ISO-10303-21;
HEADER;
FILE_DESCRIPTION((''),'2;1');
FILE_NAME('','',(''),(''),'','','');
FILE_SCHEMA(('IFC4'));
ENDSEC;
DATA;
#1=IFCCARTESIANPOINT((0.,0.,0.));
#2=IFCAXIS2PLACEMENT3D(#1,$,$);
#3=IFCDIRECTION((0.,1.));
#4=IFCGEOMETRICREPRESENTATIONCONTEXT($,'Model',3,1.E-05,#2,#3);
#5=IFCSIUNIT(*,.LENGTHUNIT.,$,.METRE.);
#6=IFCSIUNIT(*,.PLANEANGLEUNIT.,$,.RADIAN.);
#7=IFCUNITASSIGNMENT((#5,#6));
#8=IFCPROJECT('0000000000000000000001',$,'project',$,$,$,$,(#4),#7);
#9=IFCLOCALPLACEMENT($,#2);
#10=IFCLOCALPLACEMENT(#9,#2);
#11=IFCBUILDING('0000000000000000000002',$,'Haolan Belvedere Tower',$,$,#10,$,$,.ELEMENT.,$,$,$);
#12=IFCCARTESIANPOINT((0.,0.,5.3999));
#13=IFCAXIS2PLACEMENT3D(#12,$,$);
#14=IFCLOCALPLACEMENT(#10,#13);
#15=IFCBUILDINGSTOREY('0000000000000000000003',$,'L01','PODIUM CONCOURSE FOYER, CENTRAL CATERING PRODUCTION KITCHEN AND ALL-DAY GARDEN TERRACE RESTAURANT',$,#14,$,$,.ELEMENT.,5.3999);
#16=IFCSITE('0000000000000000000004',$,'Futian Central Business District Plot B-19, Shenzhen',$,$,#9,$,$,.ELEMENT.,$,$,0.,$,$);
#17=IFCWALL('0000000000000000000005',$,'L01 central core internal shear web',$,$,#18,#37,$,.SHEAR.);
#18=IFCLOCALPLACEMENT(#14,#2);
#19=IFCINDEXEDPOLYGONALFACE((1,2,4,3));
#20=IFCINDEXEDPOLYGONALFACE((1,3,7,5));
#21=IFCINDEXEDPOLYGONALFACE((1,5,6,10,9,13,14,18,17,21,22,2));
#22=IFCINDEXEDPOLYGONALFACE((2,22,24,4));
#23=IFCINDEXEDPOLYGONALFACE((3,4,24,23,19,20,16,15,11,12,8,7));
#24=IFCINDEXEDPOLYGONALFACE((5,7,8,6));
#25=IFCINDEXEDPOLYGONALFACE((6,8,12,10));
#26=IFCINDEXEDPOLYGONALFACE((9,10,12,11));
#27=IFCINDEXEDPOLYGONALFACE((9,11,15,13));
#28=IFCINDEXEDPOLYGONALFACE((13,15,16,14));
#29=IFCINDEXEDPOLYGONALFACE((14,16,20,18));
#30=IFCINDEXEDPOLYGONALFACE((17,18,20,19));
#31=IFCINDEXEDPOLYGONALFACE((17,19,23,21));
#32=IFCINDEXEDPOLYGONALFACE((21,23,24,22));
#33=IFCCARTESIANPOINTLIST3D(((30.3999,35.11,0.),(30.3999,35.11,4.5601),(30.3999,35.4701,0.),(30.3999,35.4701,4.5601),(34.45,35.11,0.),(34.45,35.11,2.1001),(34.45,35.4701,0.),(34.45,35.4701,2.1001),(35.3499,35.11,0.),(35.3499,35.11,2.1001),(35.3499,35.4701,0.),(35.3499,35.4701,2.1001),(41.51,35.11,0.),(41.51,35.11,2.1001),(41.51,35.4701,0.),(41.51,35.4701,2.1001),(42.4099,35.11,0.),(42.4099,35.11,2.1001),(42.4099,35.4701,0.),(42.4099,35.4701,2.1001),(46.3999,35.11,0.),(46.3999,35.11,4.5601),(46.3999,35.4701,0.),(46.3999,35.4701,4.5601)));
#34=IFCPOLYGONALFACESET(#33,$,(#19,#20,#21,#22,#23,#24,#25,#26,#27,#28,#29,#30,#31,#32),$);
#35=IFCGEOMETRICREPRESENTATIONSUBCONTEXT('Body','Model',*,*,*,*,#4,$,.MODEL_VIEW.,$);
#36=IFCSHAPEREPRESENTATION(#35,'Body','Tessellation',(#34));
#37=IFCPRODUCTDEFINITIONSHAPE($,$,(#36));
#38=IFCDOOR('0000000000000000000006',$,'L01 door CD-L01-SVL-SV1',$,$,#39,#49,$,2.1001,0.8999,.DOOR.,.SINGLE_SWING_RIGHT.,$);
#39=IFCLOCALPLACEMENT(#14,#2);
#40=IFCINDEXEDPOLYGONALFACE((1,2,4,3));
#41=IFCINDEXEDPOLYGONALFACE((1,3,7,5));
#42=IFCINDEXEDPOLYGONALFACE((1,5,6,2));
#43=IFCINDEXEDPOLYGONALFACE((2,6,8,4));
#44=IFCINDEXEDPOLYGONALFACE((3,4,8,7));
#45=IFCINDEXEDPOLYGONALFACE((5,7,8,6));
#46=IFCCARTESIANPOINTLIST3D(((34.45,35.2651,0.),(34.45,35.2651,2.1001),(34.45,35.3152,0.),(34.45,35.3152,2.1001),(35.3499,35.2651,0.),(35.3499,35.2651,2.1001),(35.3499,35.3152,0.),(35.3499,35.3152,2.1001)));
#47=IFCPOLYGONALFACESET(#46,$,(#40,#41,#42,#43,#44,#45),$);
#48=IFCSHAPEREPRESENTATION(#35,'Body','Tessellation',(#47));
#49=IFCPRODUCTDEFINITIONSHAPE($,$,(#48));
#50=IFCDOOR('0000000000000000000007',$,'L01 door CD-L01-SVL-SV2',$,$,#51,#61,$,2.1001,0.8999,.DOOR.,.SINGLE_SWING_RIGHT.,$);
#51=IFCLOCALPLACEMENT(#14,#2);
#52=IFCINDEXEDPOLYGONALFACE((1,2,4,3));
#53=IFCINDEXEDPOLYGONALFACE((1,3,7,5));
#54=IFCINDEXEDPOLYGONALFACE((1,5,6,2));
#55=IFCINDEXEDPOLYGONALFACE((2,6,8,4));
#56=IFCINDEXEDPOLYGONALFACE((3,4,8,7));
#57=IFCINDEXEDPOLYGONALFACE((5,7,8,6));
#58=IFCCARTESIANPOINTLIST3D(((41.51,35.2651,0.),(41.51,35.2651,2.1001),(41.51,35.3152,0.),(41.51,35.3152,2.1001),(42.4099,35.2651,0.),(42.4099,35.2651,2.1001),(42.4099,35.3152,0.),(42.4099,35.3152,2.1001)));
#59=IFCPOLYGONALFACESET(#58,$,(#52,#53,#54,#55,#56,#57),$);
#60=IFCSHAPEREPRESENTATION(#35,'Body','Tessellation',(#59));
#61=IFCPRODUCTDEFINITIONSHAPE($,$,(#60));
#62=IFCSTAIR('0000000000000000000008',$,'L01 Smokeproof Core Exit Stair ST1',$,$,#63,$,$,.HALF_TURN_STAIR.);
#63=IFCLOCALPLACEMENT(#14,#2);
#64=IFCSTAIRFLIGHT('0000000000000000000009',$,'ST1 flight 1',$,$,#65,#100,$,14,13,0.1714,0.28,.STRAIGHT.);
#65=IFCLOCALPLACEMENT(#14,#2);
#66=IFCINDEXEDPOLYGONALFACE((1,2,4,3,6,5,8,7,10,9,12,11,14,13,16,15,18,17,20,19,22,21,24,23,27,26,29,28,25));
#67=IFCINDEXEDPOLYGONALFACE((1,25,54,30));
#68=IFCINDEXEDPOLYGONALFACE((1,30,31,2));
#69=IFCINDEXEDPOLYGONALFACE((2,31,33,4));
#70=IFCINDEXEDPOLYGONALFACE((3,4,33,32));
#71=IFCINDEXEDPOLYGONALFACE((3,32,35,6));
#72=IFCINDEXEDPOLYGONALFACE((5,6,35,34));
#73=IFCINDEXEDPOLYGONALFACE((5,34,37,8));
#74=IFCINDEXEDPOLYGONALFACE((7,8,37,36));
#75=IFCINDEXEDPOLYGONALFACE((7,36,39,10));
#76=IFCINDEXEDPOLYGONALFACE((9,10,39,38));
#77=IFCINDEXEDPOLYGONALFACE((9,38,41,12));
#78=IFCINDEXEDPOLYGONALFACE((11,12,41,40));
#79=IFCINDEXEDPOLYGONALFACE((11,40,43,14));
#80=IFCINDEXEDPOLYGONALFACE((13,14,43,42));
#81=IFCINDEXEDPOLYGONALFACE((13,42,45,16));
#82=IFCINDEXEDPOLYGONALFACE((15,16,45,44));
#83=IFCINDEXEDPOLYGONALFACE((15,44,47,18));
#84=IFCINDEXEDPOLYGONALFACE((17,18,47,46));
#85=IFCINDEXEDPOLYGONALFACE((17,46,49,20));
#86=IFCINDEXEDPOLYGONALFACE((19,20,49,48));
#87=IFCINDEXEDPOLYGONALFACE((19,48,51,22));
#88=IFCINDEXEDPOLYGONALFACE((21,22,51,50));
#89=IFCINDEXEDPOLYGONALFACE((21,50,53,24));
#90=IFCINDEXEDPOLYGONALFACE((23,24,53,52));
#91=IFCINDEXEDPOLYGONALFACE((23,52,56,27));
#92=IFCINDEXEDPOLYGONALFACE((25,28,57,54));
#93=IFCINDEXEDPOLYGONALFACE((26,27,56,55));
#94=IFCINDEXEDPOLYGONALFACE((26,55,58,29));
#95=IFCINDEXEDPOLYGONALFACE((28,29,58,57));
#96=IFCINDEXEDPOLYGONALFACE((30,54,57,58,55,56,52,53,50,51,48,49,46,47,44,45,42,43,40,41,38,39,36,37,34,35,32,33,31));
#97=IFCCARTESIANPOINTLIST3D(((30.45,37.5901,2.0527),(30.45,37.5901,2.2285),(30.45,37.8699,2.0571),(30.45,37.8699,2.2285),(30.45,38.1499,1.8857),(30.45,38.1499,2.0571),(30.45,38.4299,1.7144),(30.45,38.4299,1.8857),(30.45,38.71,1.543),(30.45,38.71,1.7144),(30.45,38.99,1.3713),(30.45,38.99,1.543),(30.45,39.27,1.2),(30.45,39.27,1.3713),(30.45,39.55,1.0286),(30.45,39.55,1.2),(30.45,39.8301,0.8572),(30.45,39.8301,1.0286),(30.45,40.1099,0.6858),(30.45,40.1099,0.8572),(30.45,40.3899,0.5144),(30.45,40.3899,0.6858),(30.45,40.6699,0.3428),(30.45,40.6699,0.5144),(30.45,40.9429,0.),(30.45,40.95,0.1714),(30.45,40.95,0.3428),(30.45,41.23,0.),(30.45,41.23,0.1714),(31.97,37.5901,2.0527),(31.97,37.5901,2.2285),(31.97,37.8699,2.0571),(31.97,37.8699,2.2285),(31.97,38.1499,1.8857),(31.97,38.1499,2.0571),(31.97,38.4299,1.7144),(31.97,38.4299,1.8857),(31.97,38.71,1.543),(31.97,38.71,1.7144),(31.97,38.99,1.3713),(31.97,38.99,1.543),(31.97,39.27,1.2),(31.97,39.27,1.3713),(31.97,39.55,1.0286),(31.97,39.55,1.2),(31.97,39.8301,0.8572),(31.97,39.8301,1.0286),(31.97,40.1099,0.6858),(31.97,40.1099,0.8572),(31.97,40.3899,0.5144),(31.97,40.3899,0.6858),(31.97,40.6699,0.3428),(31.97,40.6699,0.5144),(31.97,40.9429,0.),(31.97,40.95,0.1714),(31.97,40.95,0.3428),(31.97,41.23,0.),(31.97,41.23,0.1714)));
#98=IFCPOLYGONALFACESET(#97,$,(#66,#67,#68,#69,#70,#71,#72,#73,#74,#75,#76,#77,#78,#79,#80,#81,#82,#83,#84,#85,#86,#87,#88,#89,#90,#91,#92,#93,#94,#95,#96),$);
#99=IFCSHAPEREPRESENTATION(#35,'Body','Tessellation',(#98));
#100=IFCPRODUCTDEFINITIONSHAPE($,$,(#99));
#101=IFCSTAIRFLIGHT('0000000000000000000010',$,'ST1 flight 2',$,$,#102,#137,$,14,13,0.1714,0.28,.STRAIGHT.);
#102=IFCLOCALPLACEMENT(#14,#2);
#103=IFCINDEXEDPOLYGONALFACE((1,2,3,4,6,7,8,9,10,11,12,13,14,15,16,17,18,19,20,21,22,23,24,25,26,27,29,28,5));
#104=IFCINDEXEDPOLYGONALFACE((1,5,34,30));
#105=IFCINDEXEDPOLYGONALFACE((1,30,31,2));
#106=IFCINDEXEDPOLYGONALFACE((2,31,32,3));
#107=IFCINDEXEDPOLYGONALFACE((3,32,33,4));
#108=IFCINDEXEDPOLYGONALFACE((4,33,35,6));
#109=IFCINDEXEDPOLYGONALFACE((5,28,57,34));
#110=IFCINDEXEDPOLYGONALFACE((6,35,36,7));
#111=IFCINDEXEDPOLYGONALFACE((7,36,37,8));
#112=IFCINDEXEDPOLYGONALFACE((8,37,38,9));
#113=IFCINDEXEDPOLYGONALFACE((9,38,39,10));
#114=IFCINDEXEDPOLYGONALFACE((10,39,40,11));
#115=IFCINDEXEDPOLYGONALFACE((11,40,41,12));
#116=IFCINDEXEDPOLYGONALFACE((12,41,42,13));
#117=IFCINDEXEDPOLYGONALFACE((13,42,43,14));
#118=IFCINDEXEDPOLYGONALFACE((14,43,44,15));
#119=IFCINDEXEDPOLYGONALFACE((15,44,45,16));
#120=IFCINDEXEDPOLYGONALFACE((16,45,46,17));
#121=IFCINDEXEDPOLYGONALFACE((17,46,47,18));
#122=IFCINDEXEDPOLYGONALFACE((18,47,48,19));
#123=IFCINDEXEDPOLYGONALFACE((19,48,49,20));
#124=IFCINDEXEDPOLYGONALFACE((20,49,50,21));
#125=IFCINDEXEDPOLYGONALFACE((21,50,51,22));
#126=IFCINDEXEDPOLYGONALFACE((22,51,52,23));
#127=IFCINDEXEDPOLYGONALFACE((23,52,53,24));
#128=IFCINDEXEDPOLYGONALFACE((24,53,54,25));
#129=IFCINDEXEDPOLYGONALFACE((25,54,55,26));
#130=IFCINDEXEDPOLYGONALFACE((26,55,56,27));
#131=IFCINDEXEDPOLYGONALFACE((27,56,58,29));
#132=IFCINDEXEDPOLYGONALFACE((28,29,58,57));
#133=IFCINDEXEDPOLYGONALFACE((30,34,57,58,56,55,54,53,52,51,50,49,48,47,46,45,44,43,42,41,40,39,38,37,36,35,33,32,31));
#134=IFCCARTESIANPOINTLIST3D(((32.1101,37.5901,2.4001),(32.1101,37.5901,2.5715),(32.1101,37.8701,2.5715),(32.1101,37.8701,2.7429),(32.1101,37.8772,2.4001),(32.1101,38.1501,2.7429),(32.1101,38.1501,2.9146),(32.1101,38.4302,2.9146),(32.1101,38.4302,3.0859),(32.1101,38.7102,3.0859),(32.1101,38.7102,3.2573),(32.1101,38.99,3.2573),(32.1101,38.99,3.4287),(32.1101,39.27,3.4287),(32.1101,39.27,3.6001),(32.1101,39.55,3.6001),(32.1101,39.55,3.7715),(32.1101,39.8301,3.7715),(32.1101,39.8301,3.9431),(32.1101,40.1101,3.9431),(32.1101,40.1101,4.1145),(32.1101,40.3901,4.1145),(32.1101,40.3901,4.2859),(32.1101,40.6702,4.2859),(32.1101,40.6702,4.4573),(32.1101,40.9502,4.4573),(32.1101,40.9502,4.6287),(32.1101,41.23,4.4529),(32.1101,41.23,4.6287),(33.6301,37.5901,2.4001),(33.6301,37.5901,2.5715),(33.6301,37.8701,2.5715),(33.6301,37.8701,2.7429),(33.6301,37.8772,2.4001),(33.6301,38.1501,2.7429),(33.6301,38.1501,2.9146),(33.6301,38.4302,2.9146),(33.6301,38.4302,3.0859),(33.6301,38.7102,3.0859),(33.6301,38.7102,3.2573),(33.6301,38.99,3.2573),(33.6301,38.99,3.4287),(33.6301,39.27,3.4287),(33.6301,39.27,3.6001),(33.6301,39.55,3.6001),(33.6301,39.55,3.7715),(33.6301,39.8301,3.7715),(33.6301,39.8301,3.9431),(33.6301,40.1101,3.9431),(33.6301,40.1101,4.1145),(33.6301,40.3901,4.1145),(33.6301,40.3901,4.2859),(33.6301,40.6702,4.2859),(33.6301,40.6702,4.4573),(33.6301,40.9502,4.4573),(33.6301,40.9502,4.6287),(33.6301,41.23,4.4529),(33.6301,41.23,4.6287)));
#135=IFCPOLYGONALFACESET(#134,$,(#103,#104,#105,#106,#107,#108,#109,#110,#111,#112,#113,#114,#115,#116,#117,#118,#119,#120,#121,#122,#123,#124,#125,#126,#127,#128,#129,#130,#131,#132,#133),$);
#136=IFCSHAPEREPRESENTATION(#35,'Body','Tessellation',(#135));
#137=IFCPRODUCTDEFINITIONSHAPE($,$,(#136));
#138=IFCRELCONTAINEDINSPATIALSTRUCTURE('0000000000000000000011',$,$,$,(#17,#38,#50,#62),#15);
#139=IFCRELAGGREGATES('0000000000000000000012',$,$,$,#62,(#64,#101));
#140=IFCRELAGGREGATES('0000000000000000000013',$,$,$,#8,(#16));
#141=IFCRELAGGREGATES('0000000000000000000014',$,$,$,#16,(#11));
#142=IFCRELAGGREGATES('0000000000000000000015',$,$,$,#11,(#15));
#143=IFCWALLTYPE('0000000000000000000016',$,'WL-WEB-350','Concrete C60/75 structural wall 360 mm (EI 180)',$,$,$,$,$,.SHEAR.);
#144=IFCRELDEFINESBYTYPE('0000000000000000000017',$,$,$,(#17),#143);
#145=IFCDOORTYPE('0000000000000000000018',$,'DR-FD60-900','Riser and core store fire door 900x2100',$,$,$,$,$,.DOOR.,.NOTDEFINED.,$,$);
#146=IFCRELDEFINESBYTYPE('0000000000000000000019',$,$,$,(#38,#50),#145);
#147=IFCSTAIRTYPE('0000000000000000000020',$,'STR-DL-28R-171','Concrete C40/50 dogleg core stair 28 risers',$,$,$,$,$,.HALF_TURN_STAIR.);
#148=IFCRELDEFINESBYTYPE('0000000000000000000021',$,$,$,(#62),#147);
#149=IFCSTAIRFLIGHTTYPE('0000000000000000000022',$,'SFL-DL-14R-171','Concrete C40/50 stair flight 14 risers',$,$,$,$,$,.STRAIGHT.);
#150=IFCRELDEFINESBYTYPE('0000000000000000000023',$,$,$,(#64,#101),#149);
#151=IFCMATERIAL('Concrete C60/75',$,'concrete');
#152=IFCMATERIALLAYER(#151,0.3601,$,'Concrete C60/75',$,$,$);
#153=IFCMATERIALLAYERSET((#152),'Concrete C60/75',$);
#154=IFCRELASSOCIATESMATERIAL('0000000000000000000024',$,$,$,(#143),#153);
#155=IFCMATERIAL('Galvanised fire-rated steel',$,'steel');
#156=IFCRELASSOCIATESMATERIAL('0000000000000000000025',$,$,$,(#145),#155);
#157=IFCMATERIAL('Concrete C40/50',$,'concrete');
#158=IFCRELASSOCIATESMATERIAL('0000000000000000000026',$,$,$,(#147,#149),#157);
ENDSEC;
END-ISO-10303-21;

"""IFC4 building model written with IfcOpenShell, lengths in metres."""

from ifc_helpers import new_model, si_unit, direction, frame, frame_2d, origin, place, context, subcontext, project, spatial, polyline, rectangle, outline, extrude, material, layer, layer_set, type_object, element, fill, aggregate, save


model = new_model("IFC4")

# Units and contexts
model_context = context("Model", 3, precision=1e-05, world=origin(), true_north=direction((0.0, 1.0)))
body_context = subcontext(model_context, "Body", "Model", "MODEL_VIEW")
ifc_project = project(units=[si_unit("LENGTHUNIT", "METRE"), si_unit("PLANEANGLEUNIT", "RADIAN")], contexts=[model_context])

# Site, building, storey
site_placement = place(None, origin())
site = spatial("IfcSite", under=ifc_project, at=site_placement, Name="Futian Central Business District Plot B-19, Shenzhen", CompositionType="ELEMENT", RefElevation=0.0)
building_placement = place(site_placement, origin())
building = spatial("IfcBuilding", under=site, at=building_placement, Name="Haolan Belvedere Tower", CompositionType="ELEMENT")
storey_placement = place(building_placement, frame((0.0, 0.0, 5.3999)))
storey = spatial("IfcBuildingStorey", under=building, at=storey_placement, Name="L01", Description="PODIUM CONCOURSE FOYER, CENTRAL CATERING PRODUCTION KITCHEN AND ALL-DAY GARDEN TERRACE RESTAURANT", CompositionType="ELEMENT", Elevation=5.3999)

# Wall, openings, doors
ifc_material_1 = material(Name="Concrete C60/75", Category="concrete")
ifc_layer_1 = layer(ifc_material_1, 0.3601, Name="Concrete C60/75")
ifc_layer_set_1 = layer_set([ifc_layer_1], Name="Concrete C60/75")
wall_type_1 = type_object("IfcWallType", Name="WL-WEB-350", Description="Concrete C60/75 structural wall 360 mm (EI 180)", PredefinedType="SHEAR", material=ifc_layer_set_1)
wall_1_placement = place(storey_placement, frame((30.3999, 35.29, 0.0), z_axis=(0.0, 0.0, 1.0), x_axis=(1.0, 0.0, 0.0)))
wall_1 = element("IfcWall", 1, at=wall_1_placement, inside=storey, type_object=wall_type_1, Name="L01 central core internal shear web", PredefinedType="SHEAR", context=body_context, shape_type="SweptSolid", body=[
    extrude(rectangle(XDim=16.0, YDim=0.3601, at=frame_2d((8.0, 0.0))), origin(), (0.0, 0.0, 1.0), 4.5601),
])
opening_1_placement = place(wall_1_placement, frame((4.95, 0.0, 0.0), z_axis=(0.0, 0.0, 1.0), x_axis=(-1.0, 0.0, 0.0)))
opening_1 = element("IfcOpeningElement", 2, at=opening_1_placement, cuts=wall_1, PredefinedType="OPENING", context=body_context, shape_type="SweptSolid", body=[
    extrude(rectangle(XDim=0.8999, YDim=2.1001, at=frame_2d((0.45, 1.05))), frame((0.0, 0.1899, 0.0), z_axis=(0.0, -1.0, 0.0), x_axis=(1.0, 0.0, 0.0)), (0.0, 0.0, 1.0), 0.3801),
])
opening_2_placement = place(wall_1_placement, frame((12.01, 0.0, 0.0), z_axis=(0.0, 0.0, 1.0), x_axis=(-1.0, 0.0, 0.0)))
opening_2 = element("IfcOpeningElement", 3, at=opening_2_placement, cuts=wall_1, PredefinedType="OPENING", context=body_context, shape_type="SweptSolid", body=[
    extrude(rectangle(XDim=0.8999, YDim=2.1001, at=frame_2d((0.45, 1.05))), frame((0.0, 0.1899, 0.0), z_axis=(0.0, -1.0, 0.0), x_axis=(1.0, 0.0, 0.0)), (0.0, 0.0, 1.0), 0.3801),
])
ifc_material_2 = material(Name="Galvanised fire-rated steel", Category="steel")
door_type_1 = type_object("IfcDoorType", Name="DR-FD60-900", Description="Riser and core store fire door 900x2100", OperationType="NOTDEFINED", PredefinedType="DOOR", material=ifc_material_2)
door_1_placement = place(opening_1_placement, origin())
door_1 = element("IfcDoor", 4, at=door_1_placement, inside=storey, type_object=door_type_1, Name="L01 door CD-L01-SVL-SV1", OperationType="SINGLE_SWING_RIGHT", OverallHeight=2.1001, OverallWidth=0.8999, PredefinedType="DOOR", context=body_context, shape_type="SweptSolid", body=[
    extrude(rectangle(XDim=0.8999, YDim=2.1001, at=frame_2d((0.45, 1.05))), frame((0.0, 0.0249, 0.0), z_axis=(0.0, -1.0, 0.0), x_axis=(1.0, 0.0, 0.0)), (0.0, 0.0, 1.0), 0.05),
])
fill(opening_1, door_1)
door_2_placement = place(opening_2_placement, origin())
door_2 = element("IfcDoor", 5, at=door_2_placement, inside=storey, type_object=door_type_1, Name="L01 door CD-L01-SVL-SV2", OperationType="SINGLE_SWING_RIGHT", OverallHeight=2.1001, OverallWidth=0.8999, PredefinedType="DOOR", context=body_context, shape_type="SweptSolid", body=[
    extrude(rectangle(XDim=0.8999, YDim=2.1001, at=frame_2d((0.45, 1.05))), frame((0.0, 0.0249, 0.0), z_axis=(0.0, -1.0, 0.0), x_axis=(1.0, 0.0, 0.0)), (0.0, 0.0, 1.0), 0.05),
])
fill(opening_2, door_2)

# Stair, stair flights
ifc_material_3 = material(Name="Concrete C40/50", Category="concrete")
stair_type = type_object("IfcStairType", Name="STR-DL-28R-171", Description="Concrete C40/50 dogleg core stair 28 risers", PredefinedType="HALF_TURN_STAIR", material=ifc_material_3)
stair_placement = place(storey_placement, origin())
stair = element("IfcStair", 6, at=stair_placement, inside=storey, type_object=stair_type, Name="L01 Smokeproof Core Exit Stair ST1", PredefinedType="HALF_TURN_STAIR")
stair_flight_type = type_object("IfcStairFlightType", Name="SFL-DL-14R-171", Description="Concrete C40/50 stair flight 14 risers", PredefinedType="STRAIGHT", material=ifc_material_3)
stair_flight_1_placement = place(storey_placement, frame((31.21, 41.23, 0.0), z_axis=(0.0, 0.0, 1.0), x_axis=(0.0, -1.0, 0.0)))
stair_flight_1 = element("IfcStairFlight", 7, at=stair_flight_1_placement, type_object=stair_flight_type, Name="ST1 flight 1", NumberOfRisers=14, NumberOfTreads=13, PredefinedType="STRAIGHT", RiserHeight=0.1714, TreadLength=0.28, context=body_context, shape_type="SweptSolid", body=[
    extrude(outline(polyline([(0.0, 0.0), (0.0, 0.1714), (0.28, 0.1714), (0.28, 0.3428), (0.5601, 0.3428), (0.5601, 0.5144), (0.8401, 0.5144), (0.8401, 0.6858), (1.1201, 0.6858), (1.1201, 0.8572), (1.3999, 0.8572), (1.3999, 1.0286), (1.6799, 1.0286), (1.6799, 1.2), (1.96, 1.2), (1.96, 1.3713), (2.24, 1.3713), (2.24, 1.543), (2.52, 1.543), (2.52, 1.7144), (2.8, 1.7144), (2.8, 1.8857), (3.0801, 1.8857), (3.0801, 2.0571), (3.3601, 2.0571), (3.3601, 2.2285), (3.6399, 2.2285), (3.6399, 2.3999), (3.6399, 2.0527), (0.2871, 0.0), (0.0, 0.0)])), frame((0.0, 0.76, 0.0), z_axis=(0.0, -1.0, 0.0), x_axis=(1.0, 0.0, 0.0)), (0.0, 0.0, 1.0), 1.52),
])
stair_flight_2_placement = place(storey_placement, frame((32.8701, 37.5901, 2.4001), z_axis=(0.0, 0.0, 1.0), x_axis=(0.0, 1.0, 0.0)))
stair_flight_2 = element("IfcStairFlight", 8, at=stair_flight_2_placement, type_object=stair_flight_type, Name="ST1 flight 2", NumberOfRisers=14, NumberOfTreads=13, PredefinedType="STRAIGHT", RiserHeight=0.1714, TreadLength=0.28, context=body_context, shape_type="SweptSolid", body=[
    extrude(outline(polyline([(0.0, 0.0), (0.0, 0.1714), (0.28, 0.1714), (0.28, 0.3428), (0.5601, 0.3428), (0.5601, 0.5144), (0.8401, 0.5144), (0.8401, 0.6858), (1.1201, 0.6858), (1.1201, 0.8572), (1.3999, 0.8572), (1.3999, 1.0286), (1.6799, 1.0286), (1.6799, 1.2), (1.96, 1.2), (1.96, 1.3713), (2.24, 1.3713), (2.24, 1.543), (2.52, 1.543), (2.52, 1.7144), (2.8, 1.7144), (2.8, 1.8857), (3.0801, 1.8857), (3.0801, 2.0571), (3.3601, 2.0571), (3.3601, 2.2285), (3.6399, 2.2285), (3.6399, 2.3999), (3.6399, 2.0527), (0.2871, 0.0), (0.0, 0.0)])), frame((0.0, 0.76, 0.0), z_axis=(0.0, -1.0, 0.0), x_axis=(1.0, 0.0, 0.0)), (0.0, 0.0, 1.0), 1.52),
])
aggregate(stair, [stair_flight_1, stair_flight_2])

save(model, "model.ifc")
